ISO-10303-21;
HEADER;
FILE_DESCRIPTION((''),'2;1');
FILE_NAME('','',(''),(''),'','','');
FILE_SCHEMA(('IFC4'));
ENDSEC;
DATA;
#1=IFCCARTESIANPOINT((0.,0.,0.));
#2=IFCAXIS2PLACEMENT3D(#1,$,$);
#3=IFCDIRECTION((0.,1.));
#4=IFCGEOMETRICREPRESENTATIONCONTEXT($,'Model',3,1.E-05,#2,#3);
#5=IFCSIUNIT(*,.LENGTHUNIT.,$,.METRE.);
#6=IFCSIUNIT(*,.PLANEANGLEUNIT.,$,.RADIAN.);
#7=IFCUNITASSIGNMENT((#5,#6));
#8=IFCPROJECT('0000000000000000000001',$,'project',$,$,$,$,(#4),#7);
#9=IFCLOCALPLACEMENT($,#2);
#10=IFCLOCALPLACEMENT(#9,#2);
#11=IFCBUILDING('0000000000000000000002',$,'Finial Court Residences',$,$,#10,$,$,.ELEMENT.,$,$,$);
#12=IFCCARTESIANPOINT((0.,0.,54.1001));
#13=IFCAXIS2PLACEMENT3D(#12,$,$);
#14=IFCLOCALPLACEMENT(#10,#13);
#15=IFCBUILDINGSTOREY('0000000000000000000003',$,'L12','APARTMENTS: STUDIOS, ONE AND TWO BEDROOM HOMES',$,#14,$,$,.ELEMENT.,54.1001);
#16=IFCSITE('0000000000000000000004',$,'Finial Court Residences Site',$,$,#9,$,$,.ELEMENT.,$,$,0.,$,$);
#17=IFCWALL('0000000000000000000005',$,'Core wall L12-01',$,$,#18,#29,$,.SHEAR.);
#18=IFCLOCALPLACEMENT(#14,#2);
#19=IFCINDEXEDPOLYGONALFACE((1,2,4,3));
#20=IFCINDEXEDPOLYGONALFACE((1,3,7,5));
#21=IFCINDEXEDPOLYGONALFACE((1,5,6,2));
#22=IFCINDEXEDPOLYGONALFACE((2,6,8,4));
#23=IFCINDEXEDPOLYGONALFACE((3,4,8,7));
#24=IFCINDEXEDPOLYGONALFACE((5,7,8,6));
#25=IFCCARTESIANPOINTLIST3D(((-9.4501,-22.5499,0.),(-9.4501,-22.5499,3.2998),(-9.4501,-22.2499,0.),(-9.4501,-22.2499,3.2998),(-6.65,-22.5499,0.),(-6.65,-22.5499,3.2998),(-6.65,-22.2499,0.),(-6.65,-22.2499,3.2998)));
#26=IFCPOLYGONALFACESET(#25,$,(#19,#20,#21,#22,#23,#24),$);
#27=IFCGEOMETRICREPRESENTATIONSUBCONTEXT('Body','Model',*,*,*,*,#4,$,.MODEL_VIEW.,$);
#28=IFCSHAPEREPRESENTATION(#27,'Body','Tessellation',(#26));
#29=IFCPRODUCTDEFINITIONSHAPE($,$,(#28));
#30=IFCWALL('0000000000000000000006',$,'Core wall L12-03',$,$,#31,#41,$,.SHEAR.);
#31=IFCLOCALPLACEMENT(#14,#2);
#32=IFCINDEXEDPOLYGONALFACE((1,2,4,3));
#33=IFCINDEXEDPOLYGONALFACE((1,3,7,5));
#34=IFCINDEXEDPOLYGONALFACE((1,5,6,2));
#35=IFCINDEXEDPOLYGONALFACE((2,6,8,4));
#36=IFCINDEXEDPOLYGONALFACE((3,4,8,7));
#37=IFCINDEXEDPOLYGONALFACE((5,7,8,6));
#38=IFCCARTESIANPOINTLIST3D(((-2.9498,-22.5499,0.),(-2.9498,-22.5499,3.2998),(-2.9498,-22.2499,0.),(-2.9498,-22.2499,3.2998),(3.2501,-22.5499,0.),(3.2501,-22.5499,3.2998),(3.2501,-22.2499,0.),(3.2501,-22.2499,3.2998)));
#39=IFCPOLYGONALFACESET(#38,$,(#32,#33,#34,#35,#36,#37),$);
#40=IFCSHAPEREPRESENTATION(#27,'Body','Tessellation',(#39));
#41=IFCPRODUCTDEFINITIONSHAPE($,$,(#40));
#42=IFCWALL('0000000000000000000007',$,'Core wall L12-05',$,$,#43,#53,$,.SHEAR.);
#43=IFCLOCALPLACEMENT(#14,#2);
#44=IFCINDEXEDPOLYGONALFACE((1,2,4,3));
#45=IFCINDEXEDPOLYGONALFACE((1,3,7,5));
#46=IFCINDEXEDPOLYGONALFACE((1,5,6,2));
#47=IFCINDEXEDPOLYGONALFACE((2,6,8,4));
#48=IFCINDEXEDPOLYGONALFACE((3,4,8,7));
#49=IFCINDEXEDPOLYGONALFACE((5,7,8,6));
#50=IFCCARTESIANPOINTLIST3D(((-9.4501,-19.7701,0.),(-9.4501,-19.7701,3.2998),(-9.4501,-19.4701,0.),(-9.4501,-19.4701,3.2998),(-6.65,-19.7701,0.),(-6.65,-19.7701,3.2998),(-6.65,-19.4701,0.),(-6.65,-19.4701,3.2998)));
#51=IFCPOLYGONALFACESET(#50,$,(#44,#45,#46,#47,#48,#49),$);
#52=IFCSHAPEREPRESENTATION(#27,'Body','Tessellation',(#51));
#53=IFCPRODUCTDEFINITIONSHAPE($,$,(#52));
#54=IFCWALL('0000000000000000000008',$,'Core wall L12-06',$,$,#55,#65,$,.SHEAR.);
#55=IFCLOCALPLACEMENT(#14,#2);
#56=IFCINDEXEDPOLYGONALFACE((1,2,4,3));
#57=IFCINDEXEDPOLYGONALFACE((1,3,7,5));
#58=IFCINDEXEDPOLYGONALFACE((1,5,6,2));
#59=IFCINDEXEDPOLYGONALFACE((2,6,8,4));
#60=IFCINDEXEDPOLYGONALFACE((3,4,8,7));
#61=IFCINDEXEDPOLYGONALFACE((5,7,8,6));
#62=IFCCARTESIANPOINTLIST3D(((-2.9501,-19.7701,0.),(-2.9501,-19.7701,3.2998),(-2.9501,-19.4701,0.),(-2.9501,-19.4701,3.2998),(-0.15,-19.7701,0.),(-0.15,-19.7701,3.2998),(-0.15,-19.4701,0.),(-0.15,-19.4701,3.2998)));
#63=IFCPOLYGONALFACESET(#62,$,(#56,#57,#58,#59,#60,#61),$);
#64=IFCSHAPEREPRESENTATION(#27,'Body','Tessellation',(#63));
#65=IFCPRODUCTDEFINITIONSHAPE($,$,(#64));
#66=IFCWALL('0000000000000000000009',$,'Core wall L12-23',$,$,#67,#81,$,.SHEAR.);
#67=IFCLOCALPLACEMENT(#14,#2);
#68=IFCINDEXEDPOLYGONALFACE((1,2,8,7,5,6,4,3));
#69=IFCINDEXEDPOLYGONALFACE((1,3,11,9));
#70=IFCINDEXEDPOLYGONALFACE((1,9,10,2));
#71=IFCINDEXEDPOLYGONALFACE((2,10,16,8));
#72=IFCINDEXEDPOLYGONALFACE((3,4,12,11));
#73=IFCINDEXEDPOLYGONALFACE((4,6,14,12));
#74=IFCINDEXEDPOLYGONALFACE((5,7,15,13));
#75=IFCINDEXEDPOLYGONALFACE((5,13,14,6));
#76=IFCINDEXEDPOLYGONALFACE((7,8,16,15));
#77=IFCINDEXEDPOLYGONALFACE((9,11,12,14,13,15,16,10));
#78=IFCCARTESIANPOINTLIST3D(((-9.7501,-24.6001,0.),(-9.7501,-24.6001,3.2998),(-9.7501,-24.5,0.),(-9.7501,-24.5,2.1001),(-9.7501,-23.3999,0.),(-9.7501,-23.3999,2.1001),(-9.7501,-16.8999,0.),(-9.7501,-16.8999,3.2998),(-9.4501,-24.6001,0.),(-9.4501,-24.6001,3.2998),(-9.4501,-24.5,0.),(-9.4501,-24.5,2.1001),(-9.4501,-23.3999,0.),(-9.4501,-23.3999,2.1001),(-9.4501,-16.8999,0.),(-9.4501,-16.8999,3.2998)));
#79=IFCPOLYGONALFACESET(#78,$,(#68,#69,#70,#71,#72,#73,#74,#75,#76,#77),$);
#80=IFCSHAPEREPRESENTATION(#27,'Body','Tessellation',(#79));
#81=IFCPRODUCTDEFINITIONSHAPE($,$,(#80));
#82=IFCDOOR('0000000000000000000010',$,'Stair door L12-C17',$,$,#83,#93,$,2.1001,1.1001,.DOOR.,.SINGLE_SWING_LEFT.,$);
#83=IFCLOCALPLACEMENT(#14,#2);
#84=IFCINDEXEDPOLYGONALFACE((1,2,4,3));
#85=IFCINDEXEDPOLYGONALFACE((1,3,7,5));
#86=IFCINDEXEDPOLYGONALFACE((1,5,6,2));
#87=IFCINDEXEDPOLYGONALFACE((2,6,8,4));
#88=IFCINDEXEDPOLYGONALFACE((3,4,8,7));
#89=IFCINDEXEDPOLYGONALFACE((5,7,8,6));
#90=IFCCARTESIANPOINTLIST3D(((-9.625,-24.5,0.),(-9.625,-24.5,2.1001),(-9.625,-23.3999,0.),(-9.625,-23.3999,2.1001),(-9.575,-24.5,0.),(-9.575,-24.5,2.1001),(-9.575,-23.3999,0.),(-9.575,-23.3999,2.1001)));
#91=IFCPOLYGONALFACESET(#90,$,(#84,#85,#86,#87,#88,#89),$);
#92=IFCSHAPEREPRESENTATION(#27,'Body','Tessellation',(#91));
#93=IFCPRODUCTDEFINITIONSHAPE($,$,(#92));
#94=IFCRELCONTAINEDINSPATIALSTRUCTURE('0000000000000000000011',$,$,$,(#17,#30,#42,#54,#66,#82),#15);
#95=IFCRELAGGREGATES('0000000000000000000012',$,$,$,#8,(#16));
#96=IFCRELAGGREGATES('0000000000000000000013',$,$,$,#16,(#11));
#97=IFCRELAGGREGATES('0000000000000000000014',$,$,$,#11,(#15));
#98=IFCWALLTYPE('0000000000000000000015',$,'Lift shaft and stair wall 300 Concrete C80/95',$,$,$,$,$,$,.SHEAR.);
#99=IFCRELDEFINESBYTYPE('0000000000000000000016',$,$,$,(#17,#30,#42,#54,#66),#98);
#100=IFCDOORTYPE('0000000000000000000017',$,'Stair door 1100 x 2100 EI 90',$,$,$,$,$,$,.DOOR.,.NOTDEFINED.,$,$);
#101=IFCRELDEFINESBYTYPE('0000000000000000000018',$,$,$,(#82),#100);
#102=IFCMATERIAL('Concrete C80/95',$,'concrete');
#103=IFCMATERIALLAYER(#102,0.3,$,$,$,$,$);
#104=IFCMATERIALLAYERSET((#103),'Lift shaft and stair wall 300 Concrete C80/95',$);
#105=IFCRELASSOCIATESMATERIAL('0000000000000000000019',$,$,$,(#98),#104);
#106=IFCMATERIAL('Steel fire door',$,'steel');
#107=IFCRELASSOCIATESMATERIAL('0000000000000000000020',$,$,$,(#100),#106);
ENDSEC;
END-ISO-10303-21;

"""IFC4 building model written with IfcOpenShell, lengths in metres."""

from ifc_helpers import new_model, si_unit, direction, frame, frame_2d, origin, place, context, subcontext, project, spatial, rectangle, extrude, material, layer, layer_set, type_object, element, fill, save


model = new_model("IFC4")

# Units and contexts
model_context = context("Model", 3, precision=1e-05, world=origin(), true_north=direction((0.0, 1.0)))
body_context = subcontext(model_context, "Body", "Model", "MODEL_VIEW")
ifc_project = project(units=[si_unit("LENGTHUNIT", "METRE"), si_unit("PLANEANGLEUNIT", "RADIAN")], contexts=[model_context])

# Site, building, storey
site_placement = place(None, origin())
site = spatial("IfcSite", under=ifc_project, at=site_placement, Name="Finial Court Residences Site", CompositionType="ELEMENT", RefElevation=0.0)
building_placement = place(site_placement, origin())
building = spatial("IfcBuilding", under=site, at=building_placement, Name="Finial Court Residences", CompositionType="ELEMENT")
storey_placement = place(building_placement, frame((0.0, 0.0, 54.1001)))
storey = spatial("IfcBuildingStorey", under=building, at=storey_placement, Name="L12", Description="APARTMENTS: STUDIOS, ONE AND TWO BEDROOM HOMES", CompositionType="ELEMENT", Elevation=54.1001)

# Walls
ifc_material_1 = material(Name="Concrete C80/95", Category="concrete")
ifc_layer_1 = layer(ifc_material_1, 0.3)
ifc_layer_set_1 = layer_set([ifc_layer_1], Name="Lift shaft and stair wall 300 Concrete C80/95")
wall_type_1 = type_object("IfcWallType", Name="Lift shaft and stair wall 300 Concrete C80/95", PredefinedType="SHEAR", material=ifc_layer_set_1)
wall_1_placement = place(storey_placement, frame((-9.45, -22.3999, 0.0), z_axis=(0.0, 0.0, 1.0), x_axis=(1.0, 0.0, 0.0)))
element("IfcWall", 1, at=wall_1_placement, inside=storey, type_object=wall_type_1, Name="Core wall L12-01", PredefinedType="SHEAR", context=body_context, shape_type="SweptSolid", body=[
    extrude(rectangle(XDim=2.8, YDim=0.3, at=frame_2d((1.3999, 0.0))), origin(), (0.0, 0.0, 1.0), 3.2998),
])
wall_2_placement = place(storey_placement, frame((-2.95, -22.3999, 0.0), z_axis=(0.0, 0.0, 1.0), x_axis=(1.0, 0.0, 0.0)))
element("IfcWall", 2, at=wall_2_placement, inside=storey, type_object=wall_type_1, Name="Core wall L12-03", PredefinedType="SHEAR", context=body_context, shape_type="SweptSolid", body=[
    extrude(rectangle(XDim=6.2, YDim=0.3, at=frame_2d((3.1001, 0.0))), origin(), (0.0, 0.0, 1.0), 3.2998),
])
for number, where, z_axis, x_axis, name in (
    (3, (-9.45, -19.6201, 0.0), (0.0, 0.0, 1.0), (1.0, 0.0, 0.0), "Core wall L12-05"),
    (4, (-2.95, -19.6201, 0.0), (0.0, 0.0, 1.0), (1.0, 0.0, 0.0), "Core wall L12-06"),
):
    element("IfcWall", number, at=place(storey_placement, frame(where, z_axis=z_axis, x_axis=x_axis)), inside=storey, type_object=wall_type_1, Name=name, PredefinedType="SHEAR", context=body_context, shape_type="SweptSolid", body=[
        extrude(rectangle(XDim=2.8, YDim=0.3, at=frame_2d((1.3999, 0.0))), origin(), (0.0, 0.0, 1.0), 3.2998),
    ])

# Wall, opening, door
wall_3_placement = place(storey_placement, frame((-9.6001, -24.6001, 0.0), z_axis=(0.0, 0.0, 1.0), x_axis=(0.0, 1.0, 0.0)))
wall_3 = element("IfcWall", 5, at=wall_3_placement, inside=storey, type_object=wall_type_1, Name="Core wall L12-23", PredefinedType="SHEAR", context=body_context, shape_type="SweptSolid", body=[
    extrude(rectangle(XDim=7.7002, YDim=0.3, at=frame_2d((3.8501, 0.0))), origin(), (0.0, 0.0, 1.0), 3.2998),
])
opening_1_placement = place(wall_3_placement, frame((0.1001, 0.0, 0.0)))
opening_1 = element("IfcOpeningElement", 6, at=opening_1_placement, cuts=wall_3, PredefinedType="OPENING", context=body_context, shape_type="SweptSolid", body=[
    extrude(rectangle(XDim=1.1001, YDim=2.1001, at=frame_2d((0.55, 1.05))), frame((0.0, 0.1599, 0.0), z_axis=(0.0, -1.0, 0.0), x_axis=(1.0, 0.0, 0.0)), (0.0, 0.0, 1.0), 0.3201),
])
ifc_material_2 = material(Name="Steel fire door", Category="steel")
door_type_1 = type_object("IfcDoorType", Name="Stair door 1100 x 2100 EI 90", OperationType="NOTDEFINED", PredefinedType="DOOR", material=ifc_material_2)
door_1_placement = place(opening_1_placement, origin())
door_1 = element("IfcDoor", 7, at=door_1_placement, inside=storey, type_object=door_type_1, Name="Stair door L12-C17", OperationType="SINGLE_SWING_LEFT", OverallHeight=2.1001, OverallWidth=1.1001, PredefinedType="DOOR", context=body_context, shape_type="SweptSolid", body=[
    extrude(rectangle(XDim=1.1001, YDim=2.1001, at=frame_2d((0.55, 1.05))), frame((0.0, 0.0249, 0.0), z_axis=(0.0, -1.0, 0.0), x_axis=(1.0, 0.0, 0.0)), (0.0, 0.0, 1.0), 0.05),
])
fill(opening_1, door_1)

save(model, "model.ifc")
